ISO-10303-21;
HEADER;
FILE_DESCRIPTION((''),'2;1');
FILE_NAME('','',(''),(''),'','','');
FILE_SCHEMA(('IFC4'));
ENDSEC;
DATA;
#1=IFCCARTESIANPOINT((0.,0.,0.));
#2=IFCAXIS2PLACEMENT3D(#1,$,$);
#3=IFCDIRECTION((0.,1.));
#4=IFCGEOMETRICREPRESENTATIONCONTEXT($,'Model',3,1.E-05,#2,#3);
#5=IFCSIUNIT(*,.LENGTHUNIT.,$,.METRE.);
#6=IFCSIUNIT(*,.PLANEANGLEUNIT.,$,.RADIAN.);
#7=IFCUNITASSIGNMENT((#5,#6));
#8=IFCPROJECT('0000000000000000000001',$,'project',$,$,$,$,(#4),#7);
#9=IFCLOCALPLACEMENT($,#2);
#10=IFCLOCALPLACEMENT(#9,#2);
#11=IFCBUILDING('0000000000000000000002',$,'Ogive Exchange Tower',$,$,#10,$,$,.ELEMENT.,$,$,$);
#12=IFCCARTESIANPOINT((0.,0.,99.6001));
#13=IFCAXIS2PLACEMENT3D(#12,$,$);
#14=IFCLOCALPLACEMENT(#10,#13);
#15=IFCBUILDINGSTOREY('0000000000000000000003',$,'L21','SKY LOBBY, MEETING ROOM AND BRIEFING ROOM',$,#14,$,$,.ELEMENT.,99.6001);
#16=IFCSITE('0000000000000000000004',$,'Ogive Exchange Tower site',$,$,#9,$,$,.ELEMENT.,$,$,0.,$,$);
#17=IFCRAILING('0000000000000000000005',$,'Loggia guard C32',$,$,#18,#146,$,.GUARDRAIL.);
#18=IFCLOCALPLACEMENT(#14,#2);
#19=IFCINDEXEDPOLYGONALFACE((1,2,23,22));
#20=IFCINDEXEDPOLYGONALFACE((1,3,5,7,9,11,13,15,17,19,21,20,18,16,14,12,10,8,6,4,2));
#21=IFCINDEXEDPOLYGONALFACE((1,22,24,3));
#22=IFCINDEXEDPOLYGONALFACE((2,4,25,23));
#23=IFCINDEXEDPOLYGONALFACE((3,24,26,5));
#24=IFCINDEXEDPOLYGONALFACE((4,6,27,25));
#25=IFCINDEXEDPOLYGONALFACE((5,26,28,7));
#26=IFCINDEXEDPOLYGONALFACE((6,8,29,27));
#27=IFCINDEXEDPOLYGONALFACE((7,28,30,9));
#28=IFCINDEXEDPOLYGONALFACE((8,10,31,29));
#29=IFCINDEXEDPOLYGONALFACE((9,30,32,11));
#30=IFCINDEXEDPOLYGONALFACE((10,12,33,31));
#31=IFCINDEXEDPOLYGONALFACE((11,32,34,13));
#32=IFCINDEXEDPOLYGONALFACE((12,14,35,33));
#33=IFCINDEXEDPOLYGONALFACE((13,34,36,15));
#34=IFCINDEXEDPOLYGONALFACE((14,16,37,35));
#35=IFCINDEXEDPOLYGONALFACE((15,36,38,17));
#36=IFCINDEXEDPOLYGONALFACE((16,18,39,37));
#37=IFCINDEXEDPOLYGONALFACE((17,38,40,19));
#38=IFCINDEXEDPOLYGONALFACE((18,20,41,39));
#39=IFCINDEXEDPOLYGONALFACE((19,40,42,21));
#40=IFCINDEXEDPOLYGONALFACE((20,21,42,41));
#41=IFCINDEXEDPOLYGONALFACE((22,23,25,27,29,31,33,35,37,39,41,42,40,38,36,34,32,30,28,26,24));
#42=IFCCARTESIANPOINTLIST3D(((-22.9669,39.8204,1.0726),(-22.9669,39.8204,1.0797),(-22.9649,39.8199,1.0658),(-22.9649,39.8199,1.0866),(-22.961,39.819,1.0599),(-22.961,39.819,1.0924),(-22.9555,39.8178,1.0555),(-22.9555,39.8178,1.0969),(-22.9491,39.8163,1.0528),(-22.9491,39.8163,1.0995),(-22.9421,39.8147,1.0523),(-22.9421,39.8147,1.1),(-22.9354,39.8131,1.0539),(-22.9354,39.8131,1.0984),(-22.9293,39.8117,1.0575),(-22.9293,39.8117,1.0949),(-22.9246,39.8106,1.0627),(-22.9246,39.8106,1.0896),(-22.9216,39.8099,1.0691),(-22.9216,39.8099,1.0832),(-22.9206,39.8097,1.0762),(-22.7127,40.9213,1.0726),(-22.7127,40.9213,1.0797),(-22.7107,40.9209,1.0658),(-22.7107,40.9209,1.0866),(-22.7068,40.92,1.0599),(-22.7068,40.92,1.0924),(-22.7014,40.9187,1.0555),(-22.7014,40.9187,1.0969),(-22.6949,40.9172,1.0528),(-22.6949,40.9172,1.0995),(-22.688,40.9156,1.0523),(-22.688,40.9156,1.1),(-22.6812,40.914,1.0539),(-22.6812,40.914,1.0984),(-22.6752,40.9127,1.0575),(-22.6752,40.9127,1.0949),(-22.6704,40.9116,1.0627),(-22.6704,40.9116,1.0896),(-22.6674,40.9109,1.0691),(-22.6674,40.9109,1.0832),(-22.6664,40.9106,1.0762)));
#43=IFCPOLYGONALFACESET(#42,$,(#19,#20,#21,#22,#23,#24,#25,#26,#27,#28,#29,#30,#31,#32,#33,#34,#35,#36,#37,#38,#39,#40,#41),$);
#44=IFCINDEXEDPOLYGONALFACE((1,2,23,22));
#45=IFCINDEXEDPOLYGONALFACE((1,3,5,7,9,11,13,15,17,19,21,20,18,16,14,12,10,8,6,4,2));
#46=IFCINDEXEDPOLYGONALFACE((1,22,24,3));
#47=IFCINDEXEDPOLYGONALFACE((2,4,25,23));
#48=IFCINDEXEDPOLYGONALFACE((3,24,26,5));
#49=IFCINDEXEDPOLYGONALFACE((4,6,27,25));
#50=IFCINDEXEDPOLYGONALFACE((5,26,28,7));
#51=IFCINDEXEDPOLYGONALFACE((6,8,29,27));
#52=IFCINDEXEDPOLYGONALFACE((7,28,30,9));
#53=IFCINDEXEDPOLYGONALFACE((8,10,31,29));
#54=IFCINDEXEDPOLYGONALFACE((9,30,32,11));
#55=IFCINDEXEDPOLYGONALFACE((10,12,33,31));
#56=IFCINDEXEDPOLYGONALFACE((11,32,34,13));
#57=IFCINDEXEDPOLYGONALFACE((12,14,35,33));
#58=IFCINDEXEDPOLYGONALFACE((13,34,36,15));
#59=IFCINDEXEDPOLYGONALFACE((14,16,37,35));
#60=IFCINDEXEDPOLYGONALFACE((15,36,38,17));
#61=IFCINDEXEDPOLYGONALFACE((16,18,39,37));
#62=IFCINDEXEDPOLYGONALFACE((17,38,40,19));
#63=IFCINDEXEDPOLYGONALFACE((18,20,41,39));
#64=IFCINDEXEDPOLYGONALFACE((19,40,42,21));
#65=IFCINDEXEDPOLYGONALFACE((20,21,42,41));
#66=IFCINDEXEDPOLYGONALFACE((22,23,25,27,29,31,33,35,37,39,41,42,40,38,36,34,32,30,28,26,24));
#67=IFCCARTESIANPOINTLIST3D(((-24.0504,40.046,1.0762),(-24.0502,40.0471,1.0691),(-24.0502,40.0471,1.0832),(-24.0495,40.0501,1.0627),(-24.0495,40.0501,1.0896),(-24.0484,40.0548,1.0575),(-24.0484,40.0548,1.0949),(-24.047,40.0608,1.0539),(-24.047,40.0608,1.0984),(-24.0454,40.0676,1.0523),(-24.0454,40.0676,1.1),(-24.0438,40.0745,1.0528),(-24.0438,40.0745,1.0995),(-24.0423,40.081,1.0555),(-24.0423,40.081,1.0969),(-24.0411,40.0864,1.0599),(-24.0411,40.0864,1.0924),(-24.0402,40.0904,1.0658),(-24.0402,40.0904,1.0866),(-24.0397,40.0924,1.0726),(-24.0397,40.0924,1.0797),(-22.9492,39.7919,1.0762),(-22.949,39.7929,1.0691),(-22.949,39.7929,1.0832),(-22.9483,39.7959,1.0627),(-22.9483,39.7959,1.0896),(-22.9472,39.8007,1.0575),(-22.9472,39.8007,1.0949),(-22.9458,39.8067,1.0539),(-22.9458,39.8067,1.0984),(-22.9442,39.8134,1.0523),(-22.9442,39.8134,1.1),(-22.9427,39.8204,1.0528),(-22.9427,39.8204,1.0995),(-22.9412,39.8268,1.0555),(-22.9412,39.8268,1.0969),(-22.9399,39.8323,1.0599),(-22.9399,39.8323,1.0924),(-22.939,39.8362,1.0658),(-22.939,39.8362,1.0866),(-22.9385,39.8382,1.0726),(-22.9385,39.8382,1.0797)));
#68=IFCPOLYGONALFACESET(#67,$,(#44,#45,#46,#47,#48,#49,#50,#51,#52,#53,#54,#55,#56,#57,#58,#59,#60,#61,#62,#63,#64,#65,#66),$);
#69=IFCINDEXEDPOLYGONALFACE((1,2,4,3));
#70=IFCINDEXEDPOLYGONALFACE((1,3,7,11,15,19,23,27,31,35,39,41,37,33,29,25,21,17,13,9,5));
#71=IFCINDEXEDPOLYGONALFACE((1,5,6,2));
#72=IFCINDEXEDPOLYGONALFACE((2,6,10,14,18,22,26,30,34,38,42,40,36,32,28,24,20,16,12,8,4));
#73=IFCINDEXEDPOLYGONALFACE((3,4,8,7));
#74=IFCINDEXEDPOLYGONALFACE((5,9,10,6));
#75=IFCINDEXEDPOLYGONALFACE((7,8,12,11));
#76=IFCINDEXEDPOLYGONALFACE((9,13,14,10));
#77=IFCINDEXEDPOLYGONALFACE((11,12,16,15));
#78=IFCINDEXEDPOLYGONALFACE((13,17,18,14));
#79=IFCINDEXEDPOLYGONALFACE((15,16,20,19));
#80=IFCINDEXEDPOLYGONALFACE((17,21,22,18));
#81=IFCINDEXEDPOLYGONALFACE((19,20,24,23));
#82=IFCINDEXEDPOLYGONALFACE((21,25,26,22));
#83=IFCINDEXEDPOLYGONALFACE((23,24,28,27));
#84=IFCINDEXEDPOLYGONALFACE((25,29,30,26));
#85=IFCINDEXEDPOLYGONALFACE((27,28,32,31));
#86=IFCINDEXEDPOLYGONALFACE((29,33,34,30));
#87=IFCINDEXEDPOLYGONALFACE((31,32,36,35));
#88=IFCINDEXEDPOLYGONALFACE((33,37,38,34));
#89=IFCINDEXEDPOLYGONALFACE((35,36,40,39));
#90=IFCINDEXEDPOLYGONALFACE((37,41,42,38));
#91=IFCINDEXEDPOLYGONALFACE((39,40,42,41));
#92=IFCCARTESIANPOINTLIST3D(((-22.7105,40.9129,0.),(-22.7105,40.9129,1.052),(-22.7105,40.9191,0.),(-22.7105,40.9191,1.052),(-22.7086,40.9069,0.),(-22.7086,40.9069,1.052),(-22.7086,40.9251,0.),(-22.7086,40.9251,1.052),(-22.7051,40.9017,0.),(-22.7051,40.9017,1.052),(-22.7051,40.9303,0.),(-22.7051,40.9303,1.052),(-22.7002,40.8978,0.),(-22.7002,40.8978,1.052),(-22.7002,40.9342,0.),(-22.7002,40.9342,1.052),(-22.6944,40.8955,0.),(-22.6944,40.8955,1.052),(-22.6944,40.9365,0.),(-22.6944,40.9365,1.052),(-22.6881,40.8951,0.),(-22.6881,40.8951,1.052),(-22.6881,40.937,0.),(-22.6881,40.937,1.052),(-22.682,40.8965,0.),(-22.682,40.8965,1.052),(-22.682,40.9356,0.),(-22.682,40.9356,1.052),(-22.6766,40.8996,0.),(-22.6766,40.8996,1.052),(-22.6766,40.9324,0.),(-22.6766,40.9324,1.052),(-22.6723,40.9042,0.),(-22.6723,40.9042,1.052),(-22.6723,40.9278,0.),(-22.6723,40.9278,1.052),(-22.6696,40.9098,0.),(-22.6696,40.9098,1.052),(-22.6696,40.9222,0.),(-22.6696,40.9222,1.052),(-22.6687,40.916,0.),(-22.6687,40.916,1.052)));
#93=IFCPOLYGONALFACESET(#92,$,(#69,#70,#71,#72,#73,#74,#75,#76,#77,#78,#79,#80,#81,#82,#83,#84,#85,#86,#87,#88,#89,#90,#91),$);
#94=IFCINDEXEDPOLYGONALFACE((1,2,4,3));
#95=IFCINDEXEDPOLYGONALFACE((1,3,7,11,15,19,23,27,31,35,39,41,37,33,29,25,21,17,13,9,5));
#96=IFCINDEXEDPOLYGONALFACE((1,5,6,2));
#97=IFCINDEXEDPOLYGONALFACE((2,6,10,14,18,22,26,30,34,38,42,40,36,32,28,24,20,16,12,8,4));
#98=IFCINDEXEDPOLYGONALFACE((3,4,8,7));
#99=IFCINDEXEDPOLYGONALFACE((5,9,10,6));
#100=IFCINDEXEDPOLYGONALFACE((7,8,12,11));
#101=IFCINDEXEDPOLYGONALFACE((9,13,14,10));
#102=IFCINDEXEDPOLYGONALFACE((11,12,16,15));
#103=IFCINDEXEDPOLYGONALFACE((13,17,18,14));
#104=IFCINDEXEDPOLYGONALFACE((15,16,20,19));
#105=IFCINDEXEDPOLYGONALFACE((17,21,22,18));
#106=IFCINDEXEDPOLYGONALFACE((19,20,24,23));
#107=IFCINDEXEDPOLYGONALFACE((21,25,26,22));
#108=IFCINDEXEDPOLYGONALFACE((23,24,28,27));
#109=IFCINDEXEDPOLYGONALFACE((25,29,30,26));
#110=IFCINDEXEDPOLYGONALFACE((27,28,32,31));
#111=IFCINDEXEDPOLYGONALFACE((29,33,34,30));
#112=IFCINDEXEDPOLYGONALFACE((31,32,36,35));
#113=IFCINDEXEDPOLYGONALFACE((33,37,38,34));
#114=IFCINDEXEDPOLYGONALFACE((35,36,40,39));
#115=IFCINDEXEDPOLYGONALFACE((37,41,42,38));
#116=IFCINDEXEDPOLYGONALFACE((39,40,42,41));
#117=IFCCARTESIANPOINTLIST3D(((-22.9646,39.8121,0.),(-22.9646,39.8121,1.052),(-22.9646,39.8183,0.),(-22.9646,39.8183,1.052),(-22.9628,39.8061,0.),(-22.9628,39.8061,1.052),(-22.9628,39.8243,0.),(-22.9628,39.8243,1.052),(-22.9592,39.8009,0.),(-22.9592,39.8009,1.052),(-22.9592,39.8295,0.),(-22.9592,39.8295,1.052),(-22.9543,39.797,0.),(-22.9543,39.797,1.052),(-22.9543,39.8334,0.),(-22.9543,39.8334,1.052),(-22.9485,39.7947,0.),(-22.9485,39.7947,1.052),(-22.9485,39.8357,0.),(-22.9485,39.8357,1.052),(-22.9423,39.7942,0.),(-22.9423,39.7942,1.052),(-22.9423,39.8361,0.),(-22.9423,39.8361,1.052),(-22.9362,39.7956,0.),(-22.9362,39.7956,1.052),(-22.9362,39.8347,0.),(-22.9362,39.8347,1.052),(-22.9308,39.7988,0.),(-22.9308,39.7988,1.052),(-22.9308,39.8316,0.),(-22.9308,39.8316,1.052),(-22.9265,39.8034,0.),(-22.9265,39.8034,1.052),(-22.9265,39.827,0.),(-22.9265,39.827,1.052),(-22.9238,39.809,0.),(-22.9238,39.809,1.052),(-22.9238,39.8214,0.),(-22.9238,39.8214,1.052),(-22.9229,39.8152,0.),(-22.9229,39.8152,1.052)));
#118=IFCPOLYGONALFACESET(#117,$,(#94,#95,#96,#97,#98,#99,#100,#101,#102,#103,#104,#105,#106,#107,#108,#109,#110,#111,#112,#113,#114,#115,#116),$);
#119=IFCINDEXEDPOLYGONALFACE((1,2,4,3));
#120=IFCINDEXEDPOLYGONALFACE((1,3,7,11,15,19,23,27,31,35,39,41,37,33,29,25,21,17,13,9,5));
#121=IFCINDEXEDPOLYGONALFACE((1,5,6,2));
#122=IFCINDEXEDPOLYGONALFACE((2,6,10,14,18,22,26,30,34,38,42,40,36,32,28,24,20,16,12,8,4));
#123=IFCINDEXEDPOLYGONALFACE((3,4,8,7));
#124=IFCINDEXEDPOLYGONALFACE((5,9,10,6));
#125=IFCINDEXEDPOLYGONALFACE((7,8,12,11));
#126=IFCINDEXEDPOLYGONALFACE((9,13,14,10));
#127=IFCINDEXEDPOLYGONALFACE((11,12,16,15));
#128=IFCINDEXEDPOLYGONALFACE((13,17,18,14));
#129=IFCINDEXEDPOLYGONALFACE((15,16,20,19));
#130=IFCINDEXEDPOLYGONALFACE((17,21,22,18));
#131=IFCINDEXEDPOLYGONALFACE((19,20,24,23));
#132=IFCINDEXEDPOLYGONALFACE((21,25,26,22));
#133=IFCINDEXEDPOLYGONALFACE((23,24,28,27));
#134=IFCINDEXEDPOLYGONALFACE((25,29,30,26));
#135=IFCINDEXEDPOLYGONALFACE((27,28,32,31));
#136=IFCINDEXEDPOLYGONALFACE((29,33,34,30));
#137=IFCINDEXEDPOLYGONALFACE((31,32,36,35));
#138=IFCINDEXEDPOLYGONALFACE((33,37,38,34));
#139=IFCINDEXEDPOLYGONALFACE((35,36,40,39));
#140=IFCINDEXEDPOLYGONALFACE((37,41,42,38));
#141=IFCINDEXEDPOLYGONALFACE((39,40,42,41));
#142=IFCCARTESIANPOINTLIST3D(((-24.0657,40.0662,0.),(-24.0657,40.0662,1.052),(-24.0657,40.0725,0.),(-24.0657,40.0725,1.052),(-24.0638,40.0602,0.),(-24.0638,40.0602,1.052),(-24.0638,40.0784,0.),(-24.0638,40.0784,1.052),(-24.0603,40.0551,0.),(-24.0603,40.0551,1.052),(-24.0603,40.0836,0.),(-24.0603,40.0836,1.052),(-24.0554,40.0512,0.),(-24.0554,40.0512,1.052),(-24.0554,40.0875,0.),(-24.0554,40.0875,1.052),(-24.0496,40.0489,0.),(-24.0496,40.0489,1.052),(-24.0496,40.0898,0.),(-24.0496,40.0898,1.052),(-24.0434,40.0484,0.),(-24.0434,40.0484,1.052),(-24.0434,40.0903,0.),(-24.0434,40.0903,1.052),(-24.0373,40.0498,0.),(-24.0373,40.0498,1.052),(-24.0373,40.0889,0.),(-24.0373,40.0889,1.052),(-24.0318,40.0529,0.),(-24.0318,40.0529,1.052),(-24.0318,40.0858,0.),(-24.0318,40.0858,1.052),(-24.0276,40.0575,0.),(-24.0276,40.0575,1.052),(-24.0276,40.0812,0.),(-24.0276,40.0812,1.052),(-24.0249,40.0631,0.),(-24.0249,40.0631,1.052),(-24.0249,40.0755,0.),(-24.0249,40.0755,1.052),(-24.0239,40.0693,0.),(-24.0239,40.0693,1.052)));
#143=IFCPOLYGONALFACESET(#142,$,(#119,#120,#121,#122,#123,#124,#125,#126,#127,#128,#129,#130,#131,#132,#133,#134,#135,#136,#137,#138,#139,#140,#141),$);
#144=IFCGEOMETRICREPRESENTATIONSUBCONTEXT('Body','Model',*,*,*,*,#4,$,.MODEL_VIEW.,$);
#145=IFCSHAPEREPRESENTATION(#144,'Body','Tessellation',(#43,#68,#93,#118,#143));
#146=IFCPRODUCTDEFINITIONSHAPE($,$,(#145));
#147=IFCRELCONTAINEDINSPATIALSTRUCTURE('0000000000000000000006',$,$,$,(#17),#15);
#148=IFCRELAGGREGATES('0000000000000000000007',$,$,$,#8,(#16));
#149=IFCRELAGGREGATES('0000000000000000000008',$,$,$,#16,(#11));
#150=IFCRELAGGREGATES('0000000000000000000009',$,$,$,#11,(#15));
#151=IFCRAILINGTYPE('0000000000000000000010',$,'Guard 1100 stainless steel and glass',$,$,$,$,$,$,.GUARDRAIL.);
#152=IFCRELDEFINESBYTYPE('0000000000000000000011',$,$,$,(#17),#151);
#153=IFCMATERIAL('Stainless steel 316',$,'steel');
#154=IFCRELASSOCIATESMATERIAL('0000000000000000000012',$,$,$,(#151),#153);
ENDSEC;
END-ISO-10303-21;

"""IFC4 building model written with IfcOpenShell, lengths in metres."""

from ifc_helpers import new_model, si_unit, direction, frame, origin, origin_2d, place, context, subcontext, project, spatial, circle, extrude, material, type_object, element, save


model = new_model("IFC4")

# Units and contexts
model_context = context("Model", 3, precision=1e-05, world=origin(), true_north=direction((0.0, 1.0)))
body_context = subcontext(model_context, "Body", "Model", "MODEL_VIEW")
ifc_project = project(units=[si_unit("LENGTHUNIT", "METRE"), si_unit("PLANEANGLEUNIT", "RADIAN")], contexts=[model_context])

# Site, building, storey
site_placement = place(None, origin())
site = spatial("IfcSite", under=ifc_project, at=site_placement, Name="Ogive Exchange Tower site", CompositionType="ELEMENT", RefElevation=0.0)
building_placement = place(site_placement, origin())
building = spatial("IfcBuilding", under=site, at=building_placement, Name="Ogive Exchange Tower", CompositionType="ELEMENT")
storey_placement = place(building_placement, frame((0.0, 0.0, 99.6001)))
storey = spatial("IfcBuildingStorey", under=building, at=storey_placement, Name="L21", Description="SKY LOBBY, MEETING ROOM AND BRIEFING ROOM", CompositionType="ELEMENT", Elevation=99.6001)

# Railing
ifc_material_1 = material(Name="Stainless steel 316", Category="steel")
railing_type_1 = type_object("IfcRailingType", Name="Guard 1100 stainless steel and glass", PredefinedType="GUARDRAIL", material=ifc_material_1)
railing_1_placement = place(storey_placement, frame((-22.6897, 40.916, 0.0)))
element("IfcRailing", 1, at=railing_1_placement, inside=storey, type_object=railing_type_1, Name="Loggia guard C32", PredefinedType="GUARDRAIL", context=body_context, shape_type="SweptSolid", body=[
    extrude(circle(Radius=0.0239, at=origin_2d()), frame((0.0, 0.0, 1.0762), z_axis=(-0.224954, -0.974369, 0.0), x_axis=(0.974369, -0.224954, 0.0)), (0.0, 0.0, 1.0), 1.1299),
    extrude(circle(Radius=0.0239, at=origin_2d()), frame((-0.2542, -1.1008, 1.0762), z_axis=(-0.97438, 0.224907, 0.0), x_axis=(-0.224907, -0.97438, 0.0)), (0.0, 0.0, 1.0), 1.1301),
    extrude(circle(Radius=0.021, at=origin_2d()), origin(), (0.0, 0.0, 1.0), 1.052),
    extrude(circle(Radius=0.021, at=origin_2d()), frame((-0.2542, -1.1008, 0.0)), (0.0, 0.0, 1.0), 1.052),
    extrude(circle(Radius=0.021, at=origin_2d()), frame((-1.3552, -0.8467, 0.0)), (0.0, 0.0, 1.0), 1.052),
])

save(model, "model.ifc")
